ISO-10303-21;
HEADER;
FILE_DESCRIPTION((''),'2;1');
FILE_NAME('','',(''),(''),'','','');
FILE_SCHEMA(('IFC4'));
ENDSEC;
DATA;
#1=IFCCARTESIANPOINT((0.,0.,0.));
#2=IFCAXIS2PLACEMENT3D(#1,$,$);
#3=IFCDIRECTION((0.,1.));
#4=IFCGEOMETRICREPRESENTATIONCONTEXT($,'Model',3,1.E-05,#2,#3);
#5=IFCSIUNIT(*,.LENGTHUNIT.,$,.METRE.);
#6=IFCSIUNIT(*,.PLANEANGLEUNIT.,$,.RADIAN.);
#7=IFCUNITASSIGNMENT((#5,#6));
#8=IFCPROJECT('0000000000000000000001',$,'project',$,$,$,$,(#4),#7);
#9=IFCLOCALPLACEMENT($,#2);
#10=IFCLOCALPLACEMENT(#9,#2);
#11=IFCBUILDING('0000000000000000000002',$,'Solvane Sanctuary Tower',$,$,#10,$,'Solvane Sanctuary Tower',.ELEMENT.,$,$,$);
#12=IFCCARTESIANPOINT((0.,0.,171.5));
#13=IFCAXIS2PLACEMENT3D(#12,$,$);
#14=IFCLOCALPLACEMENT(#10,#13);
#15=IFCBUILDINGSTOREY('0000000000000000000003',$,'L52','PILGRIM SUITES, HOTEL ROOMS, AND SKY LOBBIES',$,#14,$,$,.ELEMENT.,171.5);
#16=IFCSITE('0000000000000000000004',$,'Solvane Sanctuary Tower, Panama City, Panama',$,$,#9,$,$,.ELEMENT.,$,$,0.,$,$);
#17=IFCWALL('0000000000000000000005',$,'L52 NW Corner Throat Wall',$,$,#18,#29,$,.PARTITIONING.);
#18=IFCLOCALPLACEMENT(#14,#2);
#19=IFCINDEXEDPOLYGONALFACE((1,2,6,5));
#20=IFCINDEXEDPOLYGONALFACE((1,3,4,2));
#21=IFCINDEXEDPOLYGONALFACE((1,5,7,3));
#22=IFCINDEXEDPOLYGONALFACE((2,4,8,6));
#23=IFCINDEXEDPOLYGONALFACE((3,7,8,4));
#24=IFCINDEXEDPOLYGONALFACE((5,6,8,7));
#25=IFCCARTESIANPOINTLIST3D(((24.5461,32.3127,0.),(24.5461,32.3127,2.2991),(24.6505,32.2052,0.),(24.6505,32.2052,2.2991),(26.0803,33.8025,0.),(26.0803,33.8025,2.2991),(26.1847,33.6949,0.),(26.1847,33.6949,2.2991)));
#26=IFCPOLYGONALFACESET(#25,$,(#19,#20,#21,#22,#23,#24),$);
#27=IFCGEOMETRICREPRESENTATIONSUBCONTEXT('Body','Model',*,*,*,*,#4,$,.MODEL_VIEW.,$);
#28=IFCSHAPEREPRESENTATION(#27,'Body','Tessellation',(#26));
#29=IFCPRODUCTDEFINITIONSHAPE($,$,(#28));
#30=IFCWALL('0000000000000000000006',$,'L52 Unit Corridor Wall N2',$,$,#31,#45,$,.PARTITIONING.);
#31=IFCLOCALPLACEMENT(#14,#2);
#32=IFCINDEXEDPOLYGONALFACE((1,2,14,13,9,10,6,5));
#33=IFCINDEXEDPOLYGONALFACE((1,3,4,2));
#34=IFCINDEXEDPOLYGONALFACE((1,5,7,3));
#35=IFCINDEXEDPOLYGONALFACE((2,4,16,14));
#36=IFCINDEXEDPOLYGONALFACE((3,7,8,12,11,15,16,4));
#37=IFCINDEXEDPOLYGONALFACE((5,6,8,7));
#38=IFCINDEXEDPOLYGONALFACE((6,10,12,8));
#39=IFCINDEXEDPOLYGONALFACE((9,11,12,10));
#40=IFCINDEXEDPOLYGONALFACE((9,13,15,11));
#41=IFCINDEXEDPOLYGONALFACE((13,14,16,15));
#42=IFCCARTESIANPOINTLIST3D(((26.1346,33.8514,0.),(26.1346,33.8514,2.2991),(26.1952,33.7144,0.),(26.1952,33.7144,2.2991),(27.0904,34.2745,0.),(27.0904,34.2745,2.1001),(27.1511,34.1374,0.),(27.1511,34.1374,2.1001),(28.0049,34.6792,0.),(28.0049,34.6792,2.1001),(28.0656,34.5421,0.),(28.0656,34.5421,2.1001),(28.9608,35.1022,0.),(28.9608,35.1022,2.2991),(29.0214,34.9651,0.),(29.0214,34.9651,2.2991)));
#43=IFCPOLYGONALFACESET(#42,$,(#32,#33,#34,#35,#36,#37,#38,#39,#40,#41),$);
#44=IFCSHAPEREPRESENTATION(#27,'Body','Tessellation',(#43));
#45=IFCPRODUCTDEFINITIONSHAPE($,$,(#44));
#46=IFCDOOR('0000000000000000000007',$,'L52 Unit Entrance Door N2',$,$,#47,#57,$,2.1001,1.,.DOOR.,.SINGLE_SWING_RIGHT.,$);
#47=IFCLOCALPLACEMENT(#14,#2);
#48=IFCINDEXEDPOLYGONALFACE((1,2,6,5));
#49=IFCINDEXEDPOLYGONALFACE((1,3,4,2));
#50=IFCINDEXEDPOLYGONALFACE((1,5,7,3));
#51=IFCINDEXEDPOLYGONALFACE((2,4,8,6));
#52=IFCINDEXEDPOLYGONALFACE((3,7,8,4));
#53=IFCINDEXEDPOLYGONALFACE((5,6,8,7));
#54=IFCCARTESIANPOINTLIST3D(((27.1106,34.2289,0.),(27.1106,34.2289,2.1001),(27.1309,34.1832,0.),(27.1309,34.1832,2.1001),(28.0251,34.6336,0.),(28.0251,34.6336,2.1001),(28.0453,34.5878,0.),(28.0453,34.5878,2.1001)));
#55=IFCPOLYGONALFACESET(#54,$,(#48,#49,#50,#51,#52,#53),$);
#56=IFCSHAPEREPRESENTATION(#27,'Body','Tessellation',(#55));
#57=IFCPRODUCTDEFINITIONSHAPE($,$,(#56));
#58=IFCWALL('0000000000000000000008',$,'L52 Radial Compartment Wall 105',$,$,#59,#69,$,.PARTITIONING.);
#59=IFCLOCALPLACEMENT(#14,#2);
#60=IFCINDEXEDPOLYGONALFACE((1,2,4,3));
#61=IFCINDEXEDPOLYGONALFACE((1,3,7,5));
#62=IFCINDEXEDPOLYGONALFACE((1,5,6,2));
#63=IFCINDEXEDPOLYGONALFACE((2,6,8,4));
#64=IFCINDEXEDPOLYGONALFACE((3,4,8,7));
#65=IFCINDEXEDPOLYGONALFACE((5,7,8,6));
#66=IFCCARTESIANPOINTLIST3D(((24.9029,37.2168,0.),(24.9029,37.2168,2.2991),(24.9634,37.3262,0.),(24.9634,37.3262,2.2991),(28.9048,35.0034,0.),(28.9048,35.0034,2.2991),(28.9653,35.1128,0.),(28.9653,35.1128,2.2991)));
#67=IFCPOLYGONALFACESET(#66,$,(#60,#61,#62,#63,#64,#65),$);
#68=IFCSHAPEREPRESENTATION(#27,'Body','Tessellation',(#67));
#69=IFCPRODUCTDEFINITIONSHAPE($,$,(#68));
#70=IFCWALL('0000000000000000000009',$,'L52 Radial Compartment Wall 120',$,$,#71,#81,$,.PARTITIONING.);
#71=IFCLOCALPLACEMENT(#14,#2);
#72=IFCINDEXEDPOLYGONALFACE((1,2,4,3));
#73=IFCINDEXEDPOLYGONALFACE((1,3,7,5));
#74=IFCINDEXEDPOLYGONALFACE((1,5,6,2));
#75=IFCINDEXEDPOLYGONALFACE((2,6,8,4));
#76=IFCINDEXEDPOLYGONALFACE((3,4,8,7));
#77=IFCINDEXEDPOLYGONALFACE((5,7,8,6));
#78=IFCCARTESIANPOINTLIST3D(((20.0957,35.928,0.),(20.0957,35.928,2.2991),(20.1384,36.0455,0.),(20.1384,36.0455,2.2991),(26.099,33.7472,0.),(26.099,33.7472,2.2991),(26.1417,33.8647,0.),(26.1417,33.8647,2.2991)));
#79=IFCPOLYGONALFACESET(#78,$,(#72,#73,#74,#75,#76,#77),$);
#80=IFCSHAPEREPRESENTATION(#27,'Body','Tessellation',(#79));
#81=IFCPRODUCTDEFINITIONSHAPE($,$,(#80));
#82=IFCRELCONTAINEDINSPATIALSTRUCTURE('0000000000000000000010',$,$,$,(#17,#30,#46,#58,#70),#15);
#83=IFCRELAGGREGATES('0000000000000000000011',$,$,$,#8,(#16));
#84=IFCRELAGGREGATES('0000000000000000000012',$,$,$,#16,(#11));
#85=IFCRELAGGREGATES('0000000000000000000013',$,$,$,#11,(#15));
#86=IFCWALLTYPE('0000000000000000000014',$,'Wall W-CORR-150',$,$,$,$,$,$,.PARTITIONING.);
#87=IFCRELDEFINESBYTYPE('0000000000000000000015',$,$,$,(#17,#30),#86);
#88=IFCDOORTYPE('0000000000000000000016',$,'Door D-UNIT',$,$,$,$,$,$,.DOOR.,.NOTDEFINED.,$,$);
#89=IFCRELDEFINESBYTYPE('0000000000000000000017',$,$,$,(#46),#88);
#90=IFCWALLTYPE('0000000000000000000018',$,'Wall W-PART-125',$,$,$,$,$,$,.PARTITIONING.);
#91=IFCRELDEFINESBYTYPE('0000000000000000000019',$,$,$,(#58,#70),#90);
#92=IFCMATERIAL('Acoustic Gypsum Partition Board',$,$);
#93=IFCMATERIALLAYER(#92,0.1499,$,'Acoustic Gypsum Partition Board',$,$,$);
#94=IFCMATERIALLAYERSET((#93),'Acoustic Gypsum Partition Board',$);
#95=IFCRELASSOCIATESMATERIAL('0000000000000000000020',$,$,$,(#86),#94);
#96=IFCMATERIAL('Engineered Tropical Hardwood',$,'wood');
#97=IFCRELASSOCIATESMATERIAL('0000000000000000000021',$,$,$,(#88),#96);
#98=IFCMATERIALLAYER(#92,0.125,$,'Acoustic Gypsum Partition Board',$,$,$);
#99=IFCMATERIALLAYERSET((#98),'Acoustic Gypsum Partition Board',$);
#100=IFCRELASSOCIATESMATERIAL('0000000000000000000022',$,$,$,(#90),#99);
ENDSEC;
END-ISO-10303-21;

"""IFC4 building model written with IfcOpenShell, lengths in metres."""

from ifc_helpers import new_model, si_unit, direction, frame, frame_2d, origin, place, context, subcontext, project, spatial, rectangle, extrude, material, layer, layer_set, type_object, element, fill, save


model = new_model("IFC4")

# Units and contexts
model_context = context("Model", 3, precision=1e-05, world=origin(), true_north=direction((0.0, 1.0)))
body_context = subcontext(model_context, "Body", "Model", "MODEL_VIEW")
ifc_project = project(units=[si_unit("LENGTHUNIT", "METRE"), si_unit("PLANEANGLEUNIT", "RADIAN")], contexts=[model_context])

# Site, building, storey
site_placement = place(None, origin())
site = spatial("IfcSite", under=ifc_project, at=site_placement, Name="Solvane Sanctuary Tower, Panama City, Panama", CompositionType="ELEMENT", RefElevation=0.0)
building_placement = place(site_placement, origin())
building = spatial("IfcBuilding", under=site, at=building_placement, Name="Solvane Sanctuary Tower", LongName="Solvane Sanctuary Tower", CompositionType="ELEMENT")
storey_placement = place(building_placement, frame((0.0, 0.0, 171.5)))
storey = spatial("IfcBuildingStorey", under=building, at=storey_placement, Name="L52", Description="PILGRIM SUITES, HOTEL ROOMS, AND SKY LOBBIES", CompositionType="ELEMENT", Elevation=171.5)

# Wall
ifc_material_1 = material(Name="Acoustic Gypsum Partition Board")
ifc_layer_1 = layer(ifc_material_1, 0.1499, Name="Acoustic Gypsum Partition Board")
ifc_layer_set_1 = layer_set([ifc_layer_1], Name="Acoustic Gypsum Partition Board")
wall_type_1 = type_object("IfcWallType", Name="Wall W-CORR-150", PredefinedType="PARTITIONING", material=ifc_layer_set_1)
wall_1_placement = place(storey_placement, frame((26.1326, 33.7488, 0.0), z_axis=(0.0, 0.0, 1.0), x_axis=(-0.71742, -0.696641, 0.0)))
element("IfcWall", 1, at=wall_1_placement, inside=storey, type_object=wall_type_1, Name="L52 NW Corner Throat Wall", PredefinedType="PARTITIONING", context=body_context, shape_type="SweptSolid", body=[
    extrude(rectangle(XDim=2.1384, YDim=0.1499, at=frame_2d((1.0693, 0.0))), origin(), (0.0, 0.0, 1.0), 2.2991),
])

# Wall, opening, door
wall_2_placement = place(storey_placement, frame((28.9912, 35.0337, 0.0), z_axis=(0.0, 0.0, 1.0), x_axis=(-0.914452, -0.404694, 0.0)))
wall_2 = element("IfcWall", 2, at=wall_2_placement, inside=storey, type_object=wall_type_1, Name="L52 Unit Corridor Wall N2", PredefinedType="PARTITIONING", context=body_context, shape_type="SweptSolid", body=[
    extrude(rectangle(XDim=3.0906, YDim=0.1499, at=frame_2d((1.5454, 0.0))), origin(), (0.0, 0.0, 1.0), 2.2991),
])
opening_placement = place(wall_2_placement, frame((1.0454, 0.0, 0.0)))
opening = element("IfcOpeningElement", 3, at=opening_placement, cuts=wall_2, PredefinedType="OPENING", context=body_context, shape_type="SweptSolid", body=[
    extrude(rectangle(XDim=1.0, YDim=2.1001, at=frame_2d((0.5, 1.05))), frame((0.0, 0.085, 0.0), z_axis=(0.0, -1.0, 0.0), x_axis=(1.0, 0.0, 0.0)), (0.0, 0.0, 1.0), 0.1699),
])
ifc_material_2 = material(Name="Engineered Tropical Hardwood", Category="wood")
door_type = type_object("IfcDoorType", Name="Door D-UNIT", OperationType="NOTDEFINED", PredefinedType="DOOR", material=ifc_material_2)
door_placement = place(opening_placement, origin())
door = element("IfcDoor", 4, at=door_placement, inside=storey, type_object=door_type, Name="L52 Unit Entrance Door N2", OperationType="SINGLE_SWING_RIGHT", OverallHeight=2.1001, OverallWidth=1.0, PredefinedType="DOOR", context=body_context, shape_type="SweptSolid", body=[
    extrude(rectangle(XDim=1.0, YDim=2.1001, at=frame_2d((0.5, 1.05))), frame((0.0, 0.0249, 0.0), z_axis=(0.0, -1.0, 0.0), x_axis=(1.0, 0.0, 0.0)), (0.0, 0.0, 1.0), 0.05),
])
fill(opening, door)

# Walls
ifc_layer_2 = layer(ifc_material_1, 0.125, Name="Acoustic Gypsum Partition Board")
ifc_layer_set_2 = layer_set([ifc_layer_2], Name="Acoustic Gypsum Partition Board")
wall_type_2 = type_object("IfcWallType", Name="Wall W-PART-125", PredefinedType="PARTITIONING", material=ifc_layer_set_2)
wall_3_placement = place(storey_placement, frame((28.9351, 35.0581, 0.0), z_axis=(0.0, 0.0, 1.0), x_axis=(-0.875077, 0.483983, 0.0)))
element("IfcWall", 5, at=wall_3_placement, inside=storey, type_object=wall_type_2, Name="L52 Radial Compartment Wall 105", PredefinedType="PARTITIONING", context=body_context, shape_type="SweptSolid", body=[
    extrude(rectangle(XDim=4.5732, YDim=0.125, at=frame_2d((2.2866, 0.0))), origin(), (0.0, 0.0, 1.0), 2.2991),
])
wall_4_placement = place(storey_placement, frame((26.1204, 33.8059, 0.0), z_axis=(0.0, 0.0, 1.0), x_axis=(-0.939902, 0.341445, 0.0)))
element("IfcWall", 6, at=wall_4_placement, inside=storey, type_object=wall_type_2, Name="L52 Radial Compartment Wall 120", PredefinedType="PARTITIONING", context=body_context, shape_type="SweptSolid", body=[
    extrude(rectangle(XDim=6.3872, YDim=0.125, at=frame_2d((3.1936, 0.0))), origin(), (0.0, 0.0, 1.0), 2.2991),
])

save(model, "model.ifc")
